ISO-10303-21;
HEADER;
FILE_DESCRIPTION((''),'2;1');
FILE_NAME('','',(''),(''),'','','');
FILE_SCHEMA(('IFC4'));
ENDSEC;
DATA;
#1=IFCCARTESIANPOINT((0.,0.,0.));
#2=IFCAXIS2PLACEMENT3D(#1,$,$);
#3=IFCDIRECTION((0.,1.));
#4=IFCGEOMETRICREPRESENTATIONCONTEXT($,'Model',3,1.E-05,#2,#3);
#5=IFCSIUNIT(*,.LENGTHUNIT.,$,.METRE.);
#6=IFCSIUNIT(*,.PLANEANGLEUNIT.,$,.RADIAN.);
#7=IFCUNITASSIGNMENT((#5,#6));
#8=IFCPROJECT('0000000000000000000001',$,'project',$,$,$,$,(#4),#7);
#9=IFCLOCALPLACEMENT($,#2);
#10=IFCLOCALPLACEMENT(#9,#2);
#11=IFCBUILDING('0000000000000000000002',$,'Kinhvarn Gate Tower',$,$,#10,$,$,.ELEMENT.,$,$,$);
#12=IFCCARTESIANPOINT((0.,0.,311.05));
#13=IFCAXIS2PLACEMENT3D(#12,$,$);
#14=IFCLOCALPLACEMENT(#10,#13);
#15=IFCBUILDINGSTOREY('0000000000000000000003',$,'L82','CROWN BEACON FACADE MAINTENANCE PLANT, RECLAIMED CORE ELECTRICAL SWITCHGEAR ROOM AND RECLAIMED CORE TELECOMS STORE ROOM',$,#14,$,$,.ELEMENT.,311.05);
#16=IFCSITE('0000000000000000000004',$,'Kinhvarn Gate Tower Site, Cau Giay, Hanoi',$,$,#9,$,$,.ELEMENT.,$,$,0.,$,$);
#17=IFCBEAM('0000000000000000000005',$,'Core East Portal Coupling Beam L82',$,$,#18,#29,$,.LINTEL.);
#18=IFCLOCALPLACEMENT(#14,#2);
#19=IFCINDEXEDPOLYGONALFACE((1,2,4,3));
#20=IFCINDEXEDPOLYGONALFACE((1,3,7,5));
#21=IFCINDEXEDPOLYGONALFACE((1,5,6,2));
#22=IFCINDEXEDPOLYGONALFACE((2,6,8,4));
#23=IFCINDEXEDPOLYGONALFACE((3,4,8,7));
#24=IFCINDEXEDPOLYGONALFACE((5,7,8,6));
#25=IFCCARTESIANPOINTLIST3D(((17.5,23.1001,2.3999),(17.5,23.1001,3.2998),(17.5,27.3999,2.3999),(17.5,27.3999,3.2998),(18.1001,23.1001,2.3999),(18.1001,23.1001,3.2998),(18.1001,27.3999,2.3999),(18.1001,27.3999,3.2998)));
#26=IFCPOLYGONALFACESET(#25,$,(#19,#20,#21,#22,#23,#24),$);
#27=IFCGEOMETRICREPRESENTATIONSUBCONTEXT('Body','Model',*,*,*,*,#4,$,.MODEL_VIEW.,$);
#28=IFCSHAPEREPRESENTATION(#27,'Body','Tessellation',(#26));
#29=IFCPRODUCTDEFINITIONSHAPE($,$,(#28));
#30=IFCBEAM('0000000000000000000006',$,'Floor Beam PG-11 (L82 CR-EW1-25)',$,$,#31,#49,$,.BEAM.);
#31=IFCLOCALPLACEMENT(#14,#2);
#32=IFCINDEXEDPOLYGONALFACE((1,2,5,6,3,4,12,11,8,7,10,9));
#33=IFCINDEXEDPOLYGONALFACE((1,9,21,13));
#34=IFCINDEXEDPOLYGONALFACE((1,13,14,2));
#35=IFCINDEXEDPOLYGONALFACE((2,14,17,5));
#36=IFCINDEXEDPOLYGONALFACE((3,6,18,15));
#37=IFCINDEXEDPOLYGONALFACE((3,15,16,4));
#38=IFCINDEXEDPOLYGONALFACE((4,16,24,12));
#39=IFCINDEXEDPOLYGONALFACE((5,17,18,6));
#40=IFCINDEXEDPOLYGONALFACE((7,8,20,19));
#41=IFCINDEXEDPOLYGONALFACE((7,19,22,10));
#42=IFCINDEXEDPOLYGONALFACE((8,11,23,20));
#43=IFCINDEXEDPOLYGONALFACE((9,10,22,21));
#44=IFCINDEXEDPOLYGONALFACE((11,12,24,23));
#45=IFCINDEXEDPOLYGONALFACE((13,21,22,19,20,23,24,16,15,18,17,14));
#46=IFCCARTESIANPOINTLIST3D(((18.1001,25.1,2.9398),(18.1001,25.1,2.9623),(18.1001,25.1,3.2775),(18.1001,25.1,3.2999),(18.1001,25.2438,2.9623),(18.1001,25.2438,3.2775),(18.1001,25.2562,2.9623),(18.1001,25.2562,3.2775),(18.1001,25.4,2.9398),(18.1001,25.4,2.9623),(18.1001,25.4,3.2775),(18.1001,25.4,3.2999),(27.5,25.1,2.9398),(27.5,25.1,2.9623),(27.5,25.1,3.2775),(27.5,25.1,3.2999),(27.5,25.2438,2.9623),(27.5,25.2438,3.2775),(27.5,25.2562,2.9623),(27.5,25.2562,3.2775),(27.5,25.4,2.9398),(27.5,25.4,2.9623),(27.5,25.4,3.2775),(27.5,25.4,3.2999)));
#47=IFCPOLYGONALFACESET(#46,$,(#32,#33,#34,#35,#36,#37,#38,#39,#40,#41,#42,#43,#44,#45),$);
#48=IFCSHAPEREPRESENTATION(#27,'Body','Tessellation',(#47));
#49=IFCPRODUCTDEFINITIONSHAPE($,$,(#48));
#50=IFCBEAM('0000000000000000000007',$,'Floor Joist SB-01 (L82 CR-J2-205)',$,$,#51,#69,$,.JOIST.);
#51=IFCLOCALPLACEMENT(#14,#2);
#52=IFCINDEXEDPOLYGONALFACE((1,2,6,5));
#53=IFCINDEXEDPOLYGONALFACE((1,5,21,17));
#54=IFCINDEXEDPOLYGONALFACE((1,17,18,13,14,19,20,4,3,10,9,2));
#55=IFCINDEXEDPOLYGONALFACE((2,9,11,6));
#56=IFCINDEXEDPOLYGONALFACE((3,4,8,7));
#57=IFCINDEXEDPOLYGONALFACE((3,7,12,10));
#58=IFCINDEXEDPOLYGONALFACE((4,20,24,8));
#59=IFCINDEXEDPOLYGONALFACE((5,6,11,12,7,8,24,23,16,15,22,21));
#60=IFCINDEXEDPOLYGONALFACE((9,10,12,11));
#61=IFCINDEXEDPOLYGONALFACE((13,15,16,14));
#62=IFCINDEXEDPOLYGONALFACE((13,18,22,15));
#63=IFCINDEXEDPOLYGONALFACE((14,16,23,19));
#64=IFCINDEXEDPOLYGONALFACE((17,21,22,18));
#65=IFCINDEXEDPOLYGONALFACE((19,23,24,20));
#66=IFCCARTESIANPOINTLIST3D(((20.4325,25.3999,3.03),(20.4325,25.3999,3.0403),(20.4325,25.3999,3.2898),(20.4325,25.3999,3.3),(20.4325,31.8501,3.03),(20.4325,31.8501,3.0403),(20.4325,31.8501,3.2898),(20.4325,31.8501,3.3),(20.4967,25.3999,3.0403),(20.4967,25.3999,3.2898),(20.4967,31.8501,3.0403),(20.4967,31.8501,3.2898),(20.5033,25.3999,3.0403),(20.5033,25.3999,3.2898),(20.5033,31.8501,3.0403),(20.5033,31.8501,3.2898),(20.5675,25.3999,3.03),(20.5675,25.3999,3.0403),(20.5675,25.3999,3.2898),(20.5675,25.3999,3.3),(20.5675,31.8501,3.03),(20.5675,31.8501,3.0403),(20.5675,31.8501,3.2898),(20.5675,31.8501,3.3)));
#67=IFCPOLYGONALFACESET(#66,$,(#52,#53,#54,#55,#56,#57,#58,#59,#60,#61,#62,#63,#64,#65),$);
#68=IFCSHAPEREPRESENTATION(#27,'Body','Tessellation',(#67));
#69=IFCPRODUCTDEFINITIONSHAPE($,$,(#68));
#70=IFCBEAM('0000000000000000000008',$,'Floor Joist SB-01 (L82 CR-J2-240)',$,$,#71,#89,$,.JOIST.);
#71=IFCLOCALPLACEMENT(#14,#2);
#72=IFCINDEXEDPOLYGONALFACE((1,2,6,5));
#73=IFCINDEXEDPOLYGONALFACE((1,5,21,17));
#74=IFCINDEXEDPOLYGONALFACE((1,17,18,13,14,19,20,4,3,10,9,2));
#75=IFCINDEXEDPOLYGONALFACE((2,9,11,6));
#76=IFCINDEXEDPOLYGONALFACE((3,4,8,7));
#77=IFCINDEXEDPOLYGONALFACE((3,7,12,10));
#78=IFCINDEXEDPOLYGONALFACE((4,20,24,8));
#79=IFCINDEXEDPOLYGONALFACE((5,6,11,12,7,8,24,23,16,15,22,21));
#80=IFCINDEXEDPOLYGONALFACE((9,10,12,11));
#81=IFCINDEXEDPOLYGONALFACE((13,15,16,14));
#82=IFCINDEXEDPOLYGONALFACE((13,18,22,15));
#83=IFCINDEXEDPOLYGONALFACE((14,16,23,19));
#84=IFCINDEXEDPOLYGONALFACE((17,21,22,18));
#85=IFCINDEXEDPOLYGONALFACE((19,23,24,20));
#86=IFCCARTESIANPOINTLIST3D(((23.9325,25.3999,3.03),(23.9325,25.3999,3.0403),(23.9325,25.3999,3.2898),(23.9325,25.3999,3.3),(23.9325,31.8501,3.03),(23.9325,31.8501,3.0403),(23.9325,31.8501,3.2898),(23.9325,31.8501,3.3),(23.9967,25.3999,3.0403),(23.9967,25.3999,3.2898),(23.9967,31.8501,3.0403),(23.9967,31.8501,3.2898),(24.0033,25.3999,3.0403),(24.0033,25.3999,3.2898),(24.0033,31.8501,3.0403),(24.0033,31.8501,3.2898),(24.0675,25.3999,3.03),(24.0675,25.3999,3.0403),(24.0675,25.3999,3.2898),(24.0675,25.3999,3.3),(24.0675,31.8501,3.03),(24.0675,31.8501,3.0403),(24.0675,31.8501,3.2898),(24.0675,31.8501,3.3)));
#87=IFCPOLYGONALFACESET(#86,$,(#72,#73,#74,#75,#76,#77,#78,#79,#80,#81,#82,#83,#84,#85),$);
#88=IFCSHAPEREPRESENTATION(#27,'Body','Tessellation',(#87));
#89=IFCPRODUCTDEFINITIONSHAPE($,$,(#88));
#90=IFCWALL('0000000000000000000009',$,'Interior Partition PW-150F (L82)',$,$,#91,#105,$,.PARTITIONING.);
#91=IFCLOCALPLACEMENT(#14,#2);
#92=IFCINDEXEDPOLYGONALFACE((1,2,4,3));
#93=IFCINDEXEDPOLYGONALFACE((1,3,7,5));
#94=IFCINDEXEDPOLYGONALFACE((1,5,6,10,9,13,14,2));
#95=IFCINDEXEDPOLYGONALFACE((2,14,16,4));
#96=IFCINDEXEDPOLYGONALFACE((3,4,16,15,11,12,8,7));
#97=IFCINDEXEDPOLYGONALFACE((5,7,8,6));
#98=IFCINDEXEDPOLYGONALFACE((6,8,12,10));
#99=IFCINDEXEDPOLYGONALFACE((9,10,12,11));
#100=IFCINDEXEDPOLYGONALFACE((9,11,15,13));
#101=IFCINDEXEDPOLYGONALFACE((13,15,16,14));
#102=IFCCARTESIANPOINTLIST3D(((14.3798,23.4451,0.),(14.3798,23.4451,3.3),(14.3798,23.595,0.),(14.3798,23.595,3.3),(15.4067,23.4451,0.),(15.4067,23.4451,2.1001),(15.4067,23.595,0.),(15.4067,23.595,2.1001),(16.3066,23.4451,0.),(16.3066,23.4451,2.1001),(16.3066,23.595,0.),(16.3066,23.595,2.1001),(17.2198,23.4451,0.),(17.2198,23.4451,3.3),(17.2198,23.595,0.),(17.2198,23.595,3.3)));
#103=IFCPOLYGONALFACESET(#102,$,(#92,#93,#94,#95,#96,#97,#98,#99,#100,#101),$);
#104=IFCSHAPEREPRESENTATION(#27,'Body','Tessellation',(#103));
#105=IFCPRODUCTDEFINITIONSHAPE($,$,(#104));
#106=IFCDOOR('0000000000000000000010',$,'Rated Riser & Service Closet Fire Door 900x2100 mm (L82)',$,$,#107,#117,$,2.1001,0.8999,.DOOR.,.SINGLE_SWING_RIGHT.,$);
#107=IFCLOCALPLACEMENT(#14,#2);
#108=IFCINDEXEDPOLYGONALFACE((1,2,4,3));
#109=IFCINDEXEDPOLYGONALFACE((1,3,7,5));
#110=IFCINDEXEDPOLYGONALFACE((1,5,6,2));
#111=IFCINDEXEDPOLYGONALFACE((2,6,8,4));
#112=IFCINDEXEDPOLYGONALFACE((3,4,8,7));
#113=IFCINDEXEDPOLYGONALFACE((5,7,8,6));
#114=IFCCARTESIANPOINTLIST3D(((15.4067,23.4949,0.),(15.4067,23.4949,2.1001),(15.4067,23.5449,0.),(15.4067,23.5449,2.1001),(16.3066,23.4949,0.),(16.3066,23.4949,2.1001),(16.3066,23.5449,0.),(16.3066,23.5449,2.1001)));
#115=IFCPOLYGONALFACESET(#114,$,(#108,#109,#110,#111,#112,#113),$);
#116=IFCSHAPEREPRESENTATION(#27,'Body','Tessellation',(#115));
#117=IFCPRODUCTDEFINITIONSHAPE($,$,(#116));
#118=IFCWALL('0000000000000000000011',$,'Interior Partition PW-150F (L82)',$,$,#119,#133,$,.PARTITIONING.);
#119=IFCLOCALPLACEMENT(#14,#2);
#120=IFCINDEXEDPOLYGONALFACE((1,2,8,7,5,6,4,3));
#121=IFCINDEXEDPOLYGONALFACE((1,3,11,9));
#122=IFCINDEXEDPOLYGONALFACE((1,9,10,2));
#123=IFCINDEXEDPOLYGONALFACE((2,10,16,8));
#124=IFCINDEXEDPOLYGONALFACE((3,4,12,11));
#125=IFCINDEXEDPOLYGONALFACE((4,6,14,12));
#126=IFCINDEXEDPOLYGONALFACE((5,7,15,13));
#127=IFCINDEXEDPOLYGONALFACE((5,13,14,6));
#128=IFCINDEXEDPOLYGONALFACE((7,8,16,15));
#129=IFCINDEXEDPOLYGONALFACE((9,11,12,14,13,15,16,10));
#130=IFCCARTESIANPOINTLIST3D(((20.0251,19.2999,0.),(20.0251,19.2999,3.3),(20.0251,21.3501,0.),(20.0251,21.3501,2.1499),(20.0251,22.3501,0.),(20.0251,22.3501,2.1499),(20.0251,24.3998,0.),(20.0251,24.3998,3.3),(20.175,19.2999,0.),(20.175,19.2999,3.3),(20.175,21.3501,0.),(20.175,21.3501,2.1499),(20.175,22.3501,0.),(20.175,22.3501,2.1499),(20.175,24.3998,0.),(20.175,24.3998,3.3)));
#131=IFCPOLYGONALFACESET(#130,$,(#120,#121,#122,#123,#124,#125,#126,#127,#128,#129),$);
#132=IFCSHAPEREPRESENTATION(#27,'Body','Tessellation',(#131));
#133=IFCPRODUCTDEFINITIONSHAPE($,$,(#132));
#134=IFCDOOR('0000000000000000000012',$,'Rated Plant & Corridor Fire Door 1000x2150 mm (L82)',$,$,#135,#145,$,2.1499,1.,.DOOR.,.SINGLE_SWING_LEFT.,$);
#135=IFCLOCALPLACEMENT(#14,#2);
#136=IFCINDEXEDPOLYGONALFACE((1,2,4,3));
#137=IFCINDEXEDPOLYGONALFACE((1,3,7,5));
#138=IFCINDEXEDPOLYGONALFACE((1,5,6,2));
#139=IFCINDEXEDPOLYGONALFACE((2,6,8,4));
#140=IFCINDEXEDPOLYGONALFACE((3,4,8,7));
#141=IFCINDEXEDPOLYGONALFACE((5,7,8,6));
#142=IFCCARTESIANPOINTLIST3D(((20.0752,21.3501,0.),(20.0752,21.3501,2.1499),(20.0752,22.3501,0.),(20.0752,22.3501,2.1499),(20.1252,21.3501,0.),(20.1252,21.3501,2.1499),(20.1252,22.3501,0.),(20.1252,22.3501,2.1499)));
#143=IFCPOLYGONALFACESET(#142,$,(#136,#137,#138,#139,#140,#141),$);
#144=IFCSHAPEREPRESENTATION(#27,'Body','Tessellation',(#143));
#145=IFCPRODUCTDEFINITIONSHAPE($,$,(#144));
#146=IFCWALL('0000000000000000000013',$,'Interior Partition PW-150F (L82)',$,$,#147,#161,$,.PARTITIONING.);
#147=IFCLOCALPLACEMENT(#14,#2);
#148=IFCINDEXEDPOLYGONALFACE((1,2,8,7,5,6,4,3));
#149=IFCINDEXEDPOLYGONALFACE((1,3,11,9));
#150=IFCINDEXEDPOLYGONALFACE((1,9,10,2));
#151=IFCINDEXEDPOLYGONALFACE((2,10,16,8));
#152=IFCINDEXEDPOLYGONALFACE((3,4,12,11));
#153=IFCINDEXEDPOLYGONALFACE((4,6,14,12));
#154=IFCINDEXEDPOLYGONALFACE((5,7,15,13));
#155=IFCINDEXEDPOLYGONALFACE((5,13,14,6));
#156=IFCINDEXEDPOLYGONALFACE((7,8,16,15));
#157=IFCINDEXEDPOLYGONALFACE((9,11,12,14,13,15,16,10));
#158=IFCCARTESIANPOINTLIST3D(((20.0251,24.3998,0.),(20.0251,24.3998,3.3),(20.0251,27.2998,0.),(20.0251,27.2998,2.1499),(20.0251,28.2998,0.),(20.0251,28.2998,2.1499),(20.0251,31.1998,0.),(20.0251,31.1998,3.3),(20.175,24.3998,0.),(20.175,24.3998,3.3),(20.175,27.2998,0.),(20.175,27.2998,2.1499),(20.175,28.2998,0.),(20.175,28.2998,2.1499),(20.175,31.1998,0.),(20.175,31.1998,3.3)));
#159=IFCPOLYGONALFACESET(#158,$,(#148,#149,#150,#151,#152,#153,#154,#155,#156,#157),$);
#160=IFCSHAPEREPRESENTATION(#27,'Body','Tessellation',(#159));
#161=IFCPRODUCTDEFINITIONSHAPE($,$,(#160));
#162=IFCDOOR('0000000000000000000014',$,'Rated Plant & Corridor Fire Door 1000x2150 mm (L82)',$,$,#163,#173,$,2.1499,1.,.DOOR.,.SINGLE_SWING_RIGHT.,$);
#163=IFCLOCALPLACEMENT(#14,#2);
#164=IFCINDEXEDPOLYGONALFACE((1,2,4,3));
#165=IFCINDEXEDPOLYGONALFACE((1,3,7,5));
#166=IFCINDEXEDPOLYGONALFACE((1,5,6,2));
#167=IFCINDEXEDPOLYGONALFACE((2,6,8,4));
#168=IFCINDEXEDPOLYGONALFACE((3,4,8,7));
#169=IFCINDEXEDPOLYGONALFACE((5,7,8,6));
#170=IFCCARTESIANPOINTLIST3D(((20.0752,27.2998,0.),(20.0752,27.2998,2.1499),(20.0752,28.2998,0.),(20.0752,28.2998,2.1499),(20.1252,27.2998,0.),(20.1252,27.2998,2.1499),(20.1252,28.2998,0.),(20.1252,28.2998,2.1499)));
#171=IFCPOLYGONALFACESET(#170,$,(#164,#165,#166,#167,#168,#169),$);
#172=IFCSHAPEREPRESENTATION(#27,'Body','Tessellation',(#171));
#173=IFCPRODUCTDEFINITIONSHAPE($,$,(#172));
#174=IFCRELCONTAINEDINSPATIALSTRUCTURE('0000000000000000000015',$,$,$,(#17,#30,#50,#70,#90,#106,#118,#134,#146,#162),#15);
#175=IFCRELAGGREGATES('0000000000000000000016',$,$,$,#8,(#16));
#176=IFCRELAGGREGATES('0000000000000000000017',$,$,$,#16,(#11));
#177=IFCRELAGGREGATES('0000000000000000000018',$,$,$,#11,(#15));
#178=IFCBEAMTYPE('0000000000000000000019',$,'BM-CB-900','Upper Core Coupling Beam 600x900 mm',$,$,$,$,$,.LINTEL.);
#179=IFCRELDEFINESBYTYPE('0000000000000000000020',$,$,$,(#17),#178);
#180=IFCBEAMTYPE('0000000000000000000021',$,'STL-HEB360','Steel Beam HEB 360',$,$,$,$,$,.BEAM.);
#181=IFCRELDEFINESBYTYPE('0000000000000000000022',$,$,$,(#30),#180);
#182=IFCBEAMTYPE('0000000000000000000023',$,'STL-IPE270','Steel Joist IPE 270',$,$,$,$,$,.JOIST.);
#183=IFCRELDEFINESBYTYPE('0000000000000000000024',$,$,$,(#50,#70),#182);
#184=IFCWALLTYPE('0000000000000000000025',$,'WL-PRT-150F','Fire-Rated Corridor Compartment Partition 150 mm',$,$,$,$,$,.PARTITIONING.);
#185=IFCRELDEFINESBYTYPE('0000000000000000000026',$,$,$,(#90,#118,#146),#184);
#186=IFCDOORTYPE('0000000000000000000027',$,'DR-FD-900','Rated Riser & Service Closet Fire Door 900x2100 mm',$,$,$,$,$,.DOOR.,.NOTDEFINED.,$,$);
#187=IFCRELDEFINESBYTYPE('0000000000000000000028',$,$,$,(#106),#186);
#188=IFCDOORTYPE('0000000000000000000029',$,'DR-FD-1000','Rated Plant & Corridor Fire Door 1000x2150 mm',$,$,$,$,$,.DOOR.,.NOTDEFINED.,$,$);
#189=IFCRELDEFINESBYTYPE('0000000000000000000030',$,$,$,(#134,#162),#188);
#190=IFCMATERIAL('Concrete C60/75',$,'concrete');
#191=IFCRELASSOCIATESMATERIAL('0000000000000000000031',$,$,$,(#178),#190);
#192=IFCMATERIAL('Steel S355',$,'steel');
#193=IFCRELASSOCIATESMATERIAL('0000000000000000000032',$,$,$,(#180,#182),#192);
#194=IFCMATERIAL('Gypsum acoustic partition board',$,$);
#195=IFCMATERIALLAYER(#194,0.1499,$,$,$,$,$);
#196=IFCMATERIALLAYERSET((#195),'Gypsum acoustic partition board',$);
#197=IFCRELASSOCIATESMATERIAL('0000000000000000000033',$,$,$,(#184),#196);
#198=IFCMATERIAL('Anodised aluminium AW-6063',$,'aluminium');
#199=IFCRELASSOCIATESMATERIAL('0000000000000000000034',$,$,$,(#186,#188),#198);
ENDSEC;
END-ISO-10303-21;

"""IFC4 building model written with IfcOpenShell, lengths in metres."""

from ifc_helpers import new_model, si_unit, direction, frame, frame_2d, origin, origin_2d, place, context, subcontext, project, spatial, rectangle, i_section, extrude, material, layer, layer_set, material_profile, profile_set, type_object, element, fill, save


model = new_model("IFC4")

# Units and contexts
model_context = context("Model", 3, precision=1e-05, world=origin(), true_north=direction((0.0, 1.0)))
body_context = subcontext(model_context, "Body", "Model", "MODEL_VIEW")
ifc_project = project(units=[si_unit("LENGTHUNIT", "METRE"), si_unit("PLANEANGLEUNIT", "RADIAN")], contexts=[model_context])

# Site, building, storey
site_placement = place(None, origin())
site = spatial("IfcSite", under=ifc_project, at=site_placement, Name="Kinhvarn Gate Tower Site, Cau Giay, Hanoi", CompositionType="ELEMENT", RefElevation=0.0)
building_placement = place(site_placement, origin())
building = spatial("IfcBuilding", under=site, at=building_placement, Name="Kinhvarn Gate Tower", CompositionType="ELEMENT")
storey_placement = place(building_placement, frame((0.0, 0.0, 311.05)))
storey = spatial("IfcBuildingStorey", under=building, at=storey_placement, Name="L82", Description="CROWN BEACON FACADE MAINTENANCE PLANT, RECLAIMED CORE ELECTRICAL SWITCHGEAR ROOM AND RECLAIMED CORE TELECOMS STORE ROOM", CompositionType="ELEMENT", Elevation=311.05)

# Beams
ifc_material_1 = material(Name="Concrete C60/75", Category="concrete")
ifc_material_profile_1 = material_profile(ifc_material_1, rectangle(XDim=0.6001, YDim=0.8999, at=origin_2d()), Name="RC 600x900")
ifc_profile_set_1 = profile_set([ifc_material_profile_1], Name="Concrete C60/75")
beam_type_1 = type_object("IfcBeamType", Name="BM-CB-900", Description="Upper Core Coupling Beam 600x900 mm", PredefinedType="LINTEL", material=ifc_profile_set_1)
beam_1_placement = place(storey_placement, frame((17.8, 23.1001, 2.8499), z_axis=(0.0, 1.0, 0.0), x_axis=(-1.0, 0.0, 0.0)))
element("IfcBeam", 1, at=beam_1_placement, inside=storey, type_object=beam_type_1, Name="Core East Portal Coupling Beam L82", PredefinedType="LINTEL", context=body_context, shape_type="SweptSolid", body=[
    extrude(rectangle(XDim=0.6001, YDim=0.8999, at=origin_2d()), origin(), (0.0, 0.0, 1.0), 4.2998),
])
ifc_material_2 = material(Name="Steel S355", Category="steel")
ifc_material_profile_2 = material_profile(ifc_material_2, i_section(OverallWidth=0.3, OverallDepth=0.3601, WebThickness=0.0125, FlangeThickness=0.0225, at=origin_2d()), Name="HEB 360")
ifc_profile_set_2 = profile_set([ifc_material_profile_2], Name="Steel S355")
beam_type_2 = type_object("IfcBeamType", Name="STL-HEB360", Description="Steel Beam HEB 360", PredefinedType="BEAM", material=ifc_profile_set_2)
beam_2_placement = place(storey_placement, frame((18.1001, 25.25, 3.1199), z_axis=(1.0, 0.0, 0.0), x_axis=(0.0, 1.0, 0.0)))
element("IfcBeam", 2, at=beam_2_placement, inside=storey, type_object=beam_type_2, Name="Floor Beam PG-11 (L82 CR-EW1-25)", PredefinedType="BEAM", context=body_context, shape_type="SweptSolid", body=[
    extrude(i_section(OverallWidth=0.3, OverallDepth=0.3601, WebThickness=0.0125, FlangeThickness=0.0225, at=origin_2d()), origin(), (0.0, 0.0, 1.0), 9.3999),
])
ifc_material_profile_3 = material_profile(ifc_material_2, i_section(OverallWidth=0.135, OverallDepth=0.27, WebThickness=0.0066, FlangeThickness=0.0103, at=origin_2d()), Name="IPE 270")
ifc_profile_set_3 = profile_set([ifc_material_profile_3], Name="Steel S355")
beam_type_3 = type_object("IfcBeamType", Name="STL-IPE270", Description="Steel Joist IPE 270", PredefinedType="JOIST", material=ifc_profile_set_3)
for number, where, z_axis, x_axis, name in (
    (3, (20.5, 25.3999, 3.165), (0.0, 1.0, 0.0), (-1.0, 0.0, 0.0), "Floor Joist SB-01 (L82 CR-J2-205)"),
    (4, (24.0, 25.3999, 3.165), (0.0, 1.0, 0.0), (-1.0, 0.0, 0.0), "Floor Joist SB-01 (L82 CR-J2-240)"),
):
    element("IfcBeam", number, at=place(storey_placement, frame(where, z_axis=z_axis, x_axis=x_axis)), inside=storey, type_object=beam_type_3, Name=name, PredefinedType="JOIST", context=body_context, shape_type="SweptSolid", body=[
        extrude(i_section(OverallWidth=0.135, OverallDepth=0.27, WebThickness=0.0066, FlangeThickness=0.0103, at=origin_2d()), origin(), (0.0, 0.0, 1.0), 6.4502),
    ])

# Walls, openings, doors
ifc_material_3 = material(Name="Anodised aluminium AW-6063", Category="aluminium")
ifc_material_4 = material(Name="Gypsum acoustic partition board")
ifc_layer_1 = layer(ifc_material_4, 0.1499)
ifc_layer_set_1 = layer_set([ifc_layer_1], Name="Gypsum acoustic partition board")
wall_type_1 = type_object("IfcWallType", Name="WL-PRT-150F", Description="Fire-Rated Corridor Compartment Partition 150 mm", PredefinedType="PARTITIONING", material=ifc_layer_set_1)
wall_1_placement = place(storey_placement, frame((14.3799, 23.52, 0.0), z_axis=(0.0, 0.0, 1.0), x_axis=(1.0, 0.0, 0.0)))
wall_1 = element("IfcWall", 5, at=wall_1_placement, inside=storey, type_object=wall_type_1, Name="Interior Partition PW-150F (L82)", PredefinedType="PARTITIONING", context=body_context, shape_type="SweptSolid", body=[
    extrude(rectangle(XDim=2.8401, YDim=0.1499, at=frame_2d((1.4199, 0.0))), origin(), (0.0, 0.0, 1.0), 3.3),
])
opening_1_placement = place(wall_1_placement, frame((1.0269, 0.0, 0.0)))
opening_1 = element("IfcOpeningElement", 6, at=opening_1_placement, cuts=wall_1, PredefinedType="OPENING", context=body_context, shape_type="SweptSolid", body=[
    extrude(rectangle(XDim=0.8999, YDim=2.1001, at=frame_2d((0.45, 1.05))), frame((0.0, 0.085, 0.0), z_axis=(0.0, -1.0, 0.0), x_axis=(1.0, 0.0, 0.0)), (0.0, 0.0, 1.0), 0.1699),
])
door_type_1 = type_object("IfcDoorType", Name="DR-FD-900", Description="Rated Riser & Service Closet Fire Door 900x2100 mm", OperationType="NOTDEFINED", PredefinedType="DOOR", material=ifc_material_3)
door_1_placement = place(opening_1_placement, origin())
door_1 = element("IfcDoor", 7, at=door_1_placement, inside=storey, type_object=door_type_1, Name="Rated Riser & Service Closet Fire Door 900x2100 mm (L82)", OperationType="SINGLE_SWING_RIGHT", OverallHeight=2.1001, OverallWidth=0.8999, PredefinedType="DOOR", context=body_context, shape_type="SweptSolid", body=[
    extrude(rectangle(XDim=0.8999, YDim=2.1001, at=frame_2d((0.45, 1.05))), frame((0.0, 0.0249, 0.0), z_axis=(0.0, -1.0, 0.0), x_axis=(1.0, 0.0, 0.0)), (0.0, 0.0, 1.0), 0.05),
])
fill(opening_1, door_1)
wall_2_placement = place(storey_placement, frame((20.1001, 19.3, 0.0), z_axis=(0.0, 0.0, 1.0), x_axis=(0.0, 1.0, 0.0)))
wall_2 = element("IfcWall", 8, at=wall_2_placement, inside=storey, type_object=wall_type_1, Name="Interior Partition PW-150F (L82)", PredefinedType="PARTITIONING", context=body_context, shape_type="SweptSolid", body=[
    extrude(rectangle(XDim=5.0999, YDim=0.1499, at=frame_2d((2.5498, 0.0))), origin(), (0.0, 0.0, 1.0), 3.3),
])
opening_2_placement = place(wall_2_placement, frame((2.05, 0.0, 0.0)))
opening_2 = element("IfcOpeningElement", 9, at=opening_2_placement, cuts=wall_2, PredefinedType="OPENING", context=body_context, shape_type="SweptSolid", body=[
    extrude(rectangle(XDim=1.0, YDim=2.1499, at=frame_2d((0.5, 1.075))), frame((0.0, 0.085, 0.0), z_axis=(0.0, -1.0, 0.0), x_axis=(1.0, 0.0, 0.0)), (0.0, 0.0, 1.0), 0.1699),
])
door_type_2 = type_object("IfcDoorType", Name="DR-FD-1000", Description="Rated Plant & Corridor Fire Door 1000x2150 mm", OperationType="NOTDEFINED", PredefinedType="DOOR", material=ifc_material_3)
door_2_placement = place(opening_2_placement, origin())
door_2 = element("IfcDoor", 10, at=door_2_placement, inside=storey, type_object=door_type_2, Name="Rated Plant & Corridor Fire Door 1000x2150 mm (L82)", OperationType="SINGLE_SWING_LEFT", OverallHeight=2.1499, OverallWidth=1.0, PredefinedType="DOOR", context=body_context, shape_type="SweptSolid", body=[
    extrude(rectangle(XDim=1.0, YDim=2.1499, at=frame_2d((0.5, 1.075))), frame((0.0, 0.0249, 0.0), z_axis=(0.0, -1.0, 0.0), x_axis=(1.0, 0.0, 0.0)), (0.0, 0.0, 1.0), 0.05),
])
fill(opening_2, door_2)
wall_3_placement = place(storey_placement, frame((20.1001, 24.3999, 0.0), z_axis=(0.0, 0.0, 1.0), x_axis=(0.0, 1.0, 0.0)))
wall_3 = element("IfcWall", 11, at=wall_3_placement, inside=storey, type_object=wall_type_1, Name="Interior Partition PW-150F (L82)", PredefinedType="PARTITIONING", context=body_context, shape_type="SweptSolid", body=[
    extrude(rectangle(XDim=6.8, YDim=0.1499, at=frame_2d((3.3999, 0.0))), origin(), (0.0, 0.0, 1.0), 3.3),
])
opening_3_placement = place(wall_3_placement, frame((2.8999, 0.0, 0.0)))
opening_3 = element("IfcOpeningElement", 12, at=opening_3_placement, cuts=wall_3, PredefinedType="OPENING", context=body_context, shape_type="SweptSolid", body=[
    extrude(rectangle(XDim=1.0, YDim=2.1499, at=frame_2d((0.5, 1.075))), frame((0.0, 0.085, 0.0), z_axis=(0.0, -1.0, 0.0), x_axis=(1.0, 0.0, 0.0)), (0.0, 0.0, 1.0), 0.1699),
])
door_3_placement = place(opening_3_placement, origin())
door_3 = element("IfcDoor", 13, at=door_3_placement, inside=storey, type_object=door_type_2, Name="Rated Plant & Corridor Fire Door 1000x2150 mm (L82)", OperationType="SINGLE_SWING_RIGHT", OverallHeight=2.1499, OverallWidth=1.0, PredefinedType="DOOR", context=body_context, shape_type="SweptSolid", body=[
    extrude(rectangle(XDim=1.0, YDim=2.1499, at=frame_2d((0.5, 1.075))), frame((0.0, 0.0249, 0.0), z_axis=(0.0, -1.0, 0.0), x_axis=(1.0, 0.0, 0.0)), (0.0, 0.0, 1.0), 0.05),
])
fill(opening_3, door_3)

save(model, "model.ifc")
